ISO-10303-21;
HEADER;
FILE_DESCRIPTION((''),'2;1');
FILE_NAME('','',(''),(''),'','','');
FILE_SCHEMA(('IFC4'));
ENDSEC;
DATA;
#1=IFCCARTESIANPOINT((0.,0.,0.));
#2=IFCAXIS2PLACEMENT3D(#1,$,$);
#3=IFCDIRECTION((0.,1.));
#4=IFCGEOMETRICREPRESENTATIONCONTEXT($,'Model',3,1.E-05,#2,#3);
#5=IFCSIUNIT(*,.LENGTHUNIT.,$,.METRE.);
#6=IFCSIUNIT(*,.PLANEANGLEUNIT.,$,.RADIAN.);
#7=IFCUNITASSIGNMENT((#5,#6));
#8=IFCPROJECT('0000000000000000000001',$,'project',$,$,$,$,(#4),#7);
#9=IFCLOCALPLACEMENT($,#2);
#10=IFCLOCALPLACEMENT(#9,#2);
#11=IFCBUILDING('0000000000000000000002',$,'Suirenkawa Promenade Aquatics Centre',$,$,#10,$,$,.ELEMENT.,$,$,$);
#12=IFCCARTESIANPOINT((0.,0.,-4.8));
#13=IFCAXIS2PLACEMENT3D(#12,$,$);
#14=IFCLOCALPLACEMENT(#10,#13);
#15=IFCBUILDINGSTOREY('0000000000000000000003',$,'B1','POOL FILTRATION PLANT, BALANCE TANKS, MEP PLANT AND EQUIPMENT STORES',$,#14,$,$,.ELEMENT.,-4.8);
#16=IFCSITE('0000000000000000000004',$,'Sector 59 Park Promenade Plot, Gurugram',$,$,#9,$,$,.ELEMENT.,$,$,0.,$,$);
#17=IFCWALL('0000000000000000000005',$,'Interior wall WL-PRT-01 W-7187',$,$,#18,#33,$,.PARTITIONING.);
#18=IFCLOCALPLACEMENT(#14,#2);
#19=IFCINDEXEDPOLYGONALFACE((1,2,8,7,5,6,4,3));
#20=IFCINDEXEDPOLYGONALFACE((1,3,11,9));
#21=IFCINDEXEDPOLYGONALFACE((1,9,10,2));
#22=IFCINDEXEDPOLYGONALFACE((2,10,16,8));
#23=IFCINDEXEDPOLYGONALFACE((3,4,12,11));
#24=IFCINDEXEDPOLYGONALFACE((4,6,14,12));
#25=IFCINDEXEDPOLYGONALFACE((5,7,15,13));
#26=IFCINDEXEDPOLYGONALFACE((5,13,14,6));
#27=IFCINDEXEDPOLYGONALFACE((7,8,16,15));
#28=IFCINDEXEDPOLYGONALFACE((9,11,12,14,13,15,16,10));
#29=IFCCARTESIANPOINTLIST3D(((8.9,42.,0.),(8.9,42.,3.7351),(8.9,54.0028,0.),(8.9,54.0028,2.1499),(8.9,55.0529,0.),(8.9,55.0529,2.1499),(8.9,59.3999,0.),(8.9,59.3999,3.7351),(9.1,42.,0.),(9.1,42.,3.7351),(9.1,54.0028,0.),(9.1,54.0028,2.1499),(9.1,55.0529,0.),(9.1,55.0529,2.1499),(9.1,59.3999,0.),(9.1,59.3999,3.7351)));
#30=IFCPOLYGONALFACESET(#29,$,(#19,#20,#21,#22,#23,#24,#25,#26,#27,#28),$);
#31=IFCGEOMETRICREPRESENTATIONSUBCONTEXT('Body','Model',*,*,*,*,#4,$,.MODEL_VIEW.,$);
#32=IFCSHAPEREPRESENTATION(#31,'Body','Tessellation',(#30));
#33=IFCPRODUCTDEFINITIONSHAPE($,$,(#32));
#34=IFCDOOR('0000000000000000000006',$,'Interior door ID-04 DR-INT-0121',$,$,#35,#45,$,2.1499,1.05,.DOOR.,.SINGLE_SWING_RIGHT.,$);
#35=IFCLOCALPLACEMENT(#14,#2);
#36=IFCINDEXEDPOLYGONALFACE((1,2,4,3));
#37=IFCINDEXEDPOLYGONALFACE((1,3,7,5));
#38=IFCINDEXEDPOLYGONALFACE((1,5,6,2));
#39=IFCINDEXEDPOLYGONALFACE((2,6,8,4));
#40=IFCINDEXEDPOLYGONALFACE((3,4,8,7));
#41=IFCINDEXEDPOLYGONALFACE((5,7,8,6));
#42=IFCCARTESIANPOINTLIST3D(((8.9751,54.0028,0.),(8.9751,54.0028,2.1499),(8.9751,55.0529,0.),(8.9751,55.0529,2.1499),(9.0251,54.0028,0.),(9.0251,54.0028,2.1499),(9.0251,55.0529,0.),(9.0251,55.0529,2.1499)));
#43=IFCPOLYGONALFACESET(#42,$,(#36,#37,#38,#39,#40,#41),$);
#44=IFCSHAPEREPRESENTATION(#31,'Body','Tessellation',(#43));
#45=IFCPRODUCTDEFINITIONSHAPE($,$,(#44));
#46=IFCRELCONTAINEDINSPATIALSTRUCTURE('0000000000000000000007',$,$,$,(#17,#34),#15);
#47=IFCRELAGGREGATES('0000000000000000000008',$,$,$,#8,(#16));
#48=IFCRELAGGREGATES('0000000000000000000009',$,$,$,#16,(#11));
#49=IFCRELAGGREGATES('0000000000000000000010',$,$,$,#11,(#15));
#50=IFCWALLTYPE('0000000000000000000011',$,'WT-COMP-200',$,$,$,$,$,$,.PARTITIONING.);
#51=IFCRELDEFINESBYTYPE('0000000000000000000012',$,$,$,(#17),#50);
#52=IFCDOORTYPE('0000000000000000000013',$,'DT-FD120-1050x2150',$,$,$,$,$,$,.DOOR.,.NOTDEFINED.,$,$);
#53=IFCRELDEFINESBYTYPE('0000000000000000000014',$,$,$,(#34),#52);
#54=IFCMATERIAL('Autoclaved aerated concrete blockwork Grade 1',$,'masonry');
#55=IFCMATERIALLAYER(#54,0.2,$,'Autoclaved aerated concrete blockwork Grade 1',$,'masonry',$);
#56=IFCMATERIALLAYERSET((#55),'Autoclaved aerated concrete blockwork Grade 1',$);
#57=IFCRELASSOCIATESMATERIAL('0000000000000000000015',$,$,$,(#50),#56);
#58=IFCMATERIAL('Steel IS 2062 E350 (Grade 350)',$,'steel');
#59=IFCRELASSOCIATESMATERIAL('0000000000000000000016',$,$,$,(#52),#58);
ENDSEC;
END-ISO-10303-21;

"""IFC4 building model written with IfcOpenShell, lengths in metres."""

from ifc_helpers import new_model, si_unit, direction, frame, frame_2d, origin, place, context, subcontext, project, spatial, rectangle, extrude, material, layer, layer_set, type_object, element, fill, save


model = new_model("IFC4")

# Units and contexts
model_context = context("Model", 3, precision=1e-05, world=origin(), true_north=direction((0.0, 1.0)))
body_context = subcontext(model_context, "Body", "Model", "MODEL_VIEW")
ifc_project = project(units=[si_unit("LENGTHUNIT", "METRE"), si_unit("PLANEANGLEUNIT", "RADIAN")], contexts=[model_context])

# Site, building, storey
site_placement = place(None, origin())
site = spatial("IfcSite", under=ifc_project, at=site_placement, Name="Sector 59 Park Promenade Plot, Gurugram", CompositionType="ELEMENT", RefElevation=0.0)
building_placement = place(site_placement, origin())
building = spatial("IfcBuilding", under=site, at=building_placement, Name="Suirenkawa Promenade Aquatics Centre", CompositionType="ELEMENT")
storey_placement = place(building_placement, frame((0.0, 0.0, -4.8)))
storey = spatial("IfcBuildingStorey", under=building, at=storey_placement, Name="B1", Description="POOL FILTRATION PLANT, BALANCE TANKS, MEP PLANT AND EQUIPMENT STORES", CompositionType="ELEMENT", Elevation=-4.8)

# Shared definitions
ifc_material_1 = material(Name="Steel IS 2062 E350 (Grade 350)", Category="steel")

# Wall, opening, door
ifc_material_2 = material(Name="Autoclaved aerated concrete blockwork Grade 1", Category="masonry")
ifc_layer = layer(ifc_material_2, 0.2, Name="Autoclaved aerated concrete blockwork Grade 1", Category="masonry")
ifc_layer_set = layer_set([ifc_layer], Name="Autoclaved aerated concrete blockwork Grade 1")
wall_type = type_object("IfcWallType", Name="WT-COMP-200", PredefinedType="PARTITIONING", material=ifc_layer_set)
wall_placement = place(storey_placement, frame((9.0, 42.0, 0.0), z_axis=(0.0, 0.0, 1.0), x_axis=(0.0, 1.0, 0.0)))
wall = element("IfcWall", 1, at=wall_placement, inside=storey, type_object=wall_type, Name="Interior wall WL-PRT-01 W-7187", PredefinedType="PARTITIONING", context=body_context, shape_type="SweptSolid", body=[
    extrude(rectangle(XDim=17.3999, YDim=0.2, at=frame_2d((8.7, 0.0))), origin(), (0.0, 0.0, 1.0), 3.7351),
])
opening_placement = place(wall_placement, frame((12.0029, 0.0, 0.0)))
opening = element("IfcOpeningElement", 2, at=opening_placement, cuts=wall, PredefinedType="OPENING", context=body_context, shape_type="SweptSolid", body=[
    extrude(rectangle(XDim=1.05, YDim=2.1499, at=frame_2d((0.5249, 1.075))), frame((0.0, 0.1099, 0.0), z_axis=(0.0, -1.0, 0.0), x_axis=(1.0, 0.0, 0.0)), (0.0, 0.0, 1.0), 0.22),
])
door_type = type_object("IfcDoorType", Name="DT-FD120-1050x2150", OperationType="NOTDEFINED", PredefinedType="DOOR", material=ifc_material_1)
door_placement = place(opening_placement, origin())
door = element("IfcDoor", 3, at=door_placement, inside=storey, type_object=door_type, Name="Interior door ID-04 DR-INT-0121", OperationType="SINGLE_SWING_RIGHT", OverallHeight=2.1499, OverallWidth=1.05, PredefinedType="DOOR", context=body_context, shape_type="SweptSolid", body=[
    extrude(rectangle(XDim=1.05, YDim=2.1499, at=frame_2d((0.5249, 1.075))), frame((0.0, 0.0249, 0.0), z_axis=(0.0, -1.0, 0.0), x_axis=(1.0, 0.0, 0.0)), (0.0, 0.0, 1.0), 0.05),
])
fill(opening, door)

save(model, "model.ifc")
